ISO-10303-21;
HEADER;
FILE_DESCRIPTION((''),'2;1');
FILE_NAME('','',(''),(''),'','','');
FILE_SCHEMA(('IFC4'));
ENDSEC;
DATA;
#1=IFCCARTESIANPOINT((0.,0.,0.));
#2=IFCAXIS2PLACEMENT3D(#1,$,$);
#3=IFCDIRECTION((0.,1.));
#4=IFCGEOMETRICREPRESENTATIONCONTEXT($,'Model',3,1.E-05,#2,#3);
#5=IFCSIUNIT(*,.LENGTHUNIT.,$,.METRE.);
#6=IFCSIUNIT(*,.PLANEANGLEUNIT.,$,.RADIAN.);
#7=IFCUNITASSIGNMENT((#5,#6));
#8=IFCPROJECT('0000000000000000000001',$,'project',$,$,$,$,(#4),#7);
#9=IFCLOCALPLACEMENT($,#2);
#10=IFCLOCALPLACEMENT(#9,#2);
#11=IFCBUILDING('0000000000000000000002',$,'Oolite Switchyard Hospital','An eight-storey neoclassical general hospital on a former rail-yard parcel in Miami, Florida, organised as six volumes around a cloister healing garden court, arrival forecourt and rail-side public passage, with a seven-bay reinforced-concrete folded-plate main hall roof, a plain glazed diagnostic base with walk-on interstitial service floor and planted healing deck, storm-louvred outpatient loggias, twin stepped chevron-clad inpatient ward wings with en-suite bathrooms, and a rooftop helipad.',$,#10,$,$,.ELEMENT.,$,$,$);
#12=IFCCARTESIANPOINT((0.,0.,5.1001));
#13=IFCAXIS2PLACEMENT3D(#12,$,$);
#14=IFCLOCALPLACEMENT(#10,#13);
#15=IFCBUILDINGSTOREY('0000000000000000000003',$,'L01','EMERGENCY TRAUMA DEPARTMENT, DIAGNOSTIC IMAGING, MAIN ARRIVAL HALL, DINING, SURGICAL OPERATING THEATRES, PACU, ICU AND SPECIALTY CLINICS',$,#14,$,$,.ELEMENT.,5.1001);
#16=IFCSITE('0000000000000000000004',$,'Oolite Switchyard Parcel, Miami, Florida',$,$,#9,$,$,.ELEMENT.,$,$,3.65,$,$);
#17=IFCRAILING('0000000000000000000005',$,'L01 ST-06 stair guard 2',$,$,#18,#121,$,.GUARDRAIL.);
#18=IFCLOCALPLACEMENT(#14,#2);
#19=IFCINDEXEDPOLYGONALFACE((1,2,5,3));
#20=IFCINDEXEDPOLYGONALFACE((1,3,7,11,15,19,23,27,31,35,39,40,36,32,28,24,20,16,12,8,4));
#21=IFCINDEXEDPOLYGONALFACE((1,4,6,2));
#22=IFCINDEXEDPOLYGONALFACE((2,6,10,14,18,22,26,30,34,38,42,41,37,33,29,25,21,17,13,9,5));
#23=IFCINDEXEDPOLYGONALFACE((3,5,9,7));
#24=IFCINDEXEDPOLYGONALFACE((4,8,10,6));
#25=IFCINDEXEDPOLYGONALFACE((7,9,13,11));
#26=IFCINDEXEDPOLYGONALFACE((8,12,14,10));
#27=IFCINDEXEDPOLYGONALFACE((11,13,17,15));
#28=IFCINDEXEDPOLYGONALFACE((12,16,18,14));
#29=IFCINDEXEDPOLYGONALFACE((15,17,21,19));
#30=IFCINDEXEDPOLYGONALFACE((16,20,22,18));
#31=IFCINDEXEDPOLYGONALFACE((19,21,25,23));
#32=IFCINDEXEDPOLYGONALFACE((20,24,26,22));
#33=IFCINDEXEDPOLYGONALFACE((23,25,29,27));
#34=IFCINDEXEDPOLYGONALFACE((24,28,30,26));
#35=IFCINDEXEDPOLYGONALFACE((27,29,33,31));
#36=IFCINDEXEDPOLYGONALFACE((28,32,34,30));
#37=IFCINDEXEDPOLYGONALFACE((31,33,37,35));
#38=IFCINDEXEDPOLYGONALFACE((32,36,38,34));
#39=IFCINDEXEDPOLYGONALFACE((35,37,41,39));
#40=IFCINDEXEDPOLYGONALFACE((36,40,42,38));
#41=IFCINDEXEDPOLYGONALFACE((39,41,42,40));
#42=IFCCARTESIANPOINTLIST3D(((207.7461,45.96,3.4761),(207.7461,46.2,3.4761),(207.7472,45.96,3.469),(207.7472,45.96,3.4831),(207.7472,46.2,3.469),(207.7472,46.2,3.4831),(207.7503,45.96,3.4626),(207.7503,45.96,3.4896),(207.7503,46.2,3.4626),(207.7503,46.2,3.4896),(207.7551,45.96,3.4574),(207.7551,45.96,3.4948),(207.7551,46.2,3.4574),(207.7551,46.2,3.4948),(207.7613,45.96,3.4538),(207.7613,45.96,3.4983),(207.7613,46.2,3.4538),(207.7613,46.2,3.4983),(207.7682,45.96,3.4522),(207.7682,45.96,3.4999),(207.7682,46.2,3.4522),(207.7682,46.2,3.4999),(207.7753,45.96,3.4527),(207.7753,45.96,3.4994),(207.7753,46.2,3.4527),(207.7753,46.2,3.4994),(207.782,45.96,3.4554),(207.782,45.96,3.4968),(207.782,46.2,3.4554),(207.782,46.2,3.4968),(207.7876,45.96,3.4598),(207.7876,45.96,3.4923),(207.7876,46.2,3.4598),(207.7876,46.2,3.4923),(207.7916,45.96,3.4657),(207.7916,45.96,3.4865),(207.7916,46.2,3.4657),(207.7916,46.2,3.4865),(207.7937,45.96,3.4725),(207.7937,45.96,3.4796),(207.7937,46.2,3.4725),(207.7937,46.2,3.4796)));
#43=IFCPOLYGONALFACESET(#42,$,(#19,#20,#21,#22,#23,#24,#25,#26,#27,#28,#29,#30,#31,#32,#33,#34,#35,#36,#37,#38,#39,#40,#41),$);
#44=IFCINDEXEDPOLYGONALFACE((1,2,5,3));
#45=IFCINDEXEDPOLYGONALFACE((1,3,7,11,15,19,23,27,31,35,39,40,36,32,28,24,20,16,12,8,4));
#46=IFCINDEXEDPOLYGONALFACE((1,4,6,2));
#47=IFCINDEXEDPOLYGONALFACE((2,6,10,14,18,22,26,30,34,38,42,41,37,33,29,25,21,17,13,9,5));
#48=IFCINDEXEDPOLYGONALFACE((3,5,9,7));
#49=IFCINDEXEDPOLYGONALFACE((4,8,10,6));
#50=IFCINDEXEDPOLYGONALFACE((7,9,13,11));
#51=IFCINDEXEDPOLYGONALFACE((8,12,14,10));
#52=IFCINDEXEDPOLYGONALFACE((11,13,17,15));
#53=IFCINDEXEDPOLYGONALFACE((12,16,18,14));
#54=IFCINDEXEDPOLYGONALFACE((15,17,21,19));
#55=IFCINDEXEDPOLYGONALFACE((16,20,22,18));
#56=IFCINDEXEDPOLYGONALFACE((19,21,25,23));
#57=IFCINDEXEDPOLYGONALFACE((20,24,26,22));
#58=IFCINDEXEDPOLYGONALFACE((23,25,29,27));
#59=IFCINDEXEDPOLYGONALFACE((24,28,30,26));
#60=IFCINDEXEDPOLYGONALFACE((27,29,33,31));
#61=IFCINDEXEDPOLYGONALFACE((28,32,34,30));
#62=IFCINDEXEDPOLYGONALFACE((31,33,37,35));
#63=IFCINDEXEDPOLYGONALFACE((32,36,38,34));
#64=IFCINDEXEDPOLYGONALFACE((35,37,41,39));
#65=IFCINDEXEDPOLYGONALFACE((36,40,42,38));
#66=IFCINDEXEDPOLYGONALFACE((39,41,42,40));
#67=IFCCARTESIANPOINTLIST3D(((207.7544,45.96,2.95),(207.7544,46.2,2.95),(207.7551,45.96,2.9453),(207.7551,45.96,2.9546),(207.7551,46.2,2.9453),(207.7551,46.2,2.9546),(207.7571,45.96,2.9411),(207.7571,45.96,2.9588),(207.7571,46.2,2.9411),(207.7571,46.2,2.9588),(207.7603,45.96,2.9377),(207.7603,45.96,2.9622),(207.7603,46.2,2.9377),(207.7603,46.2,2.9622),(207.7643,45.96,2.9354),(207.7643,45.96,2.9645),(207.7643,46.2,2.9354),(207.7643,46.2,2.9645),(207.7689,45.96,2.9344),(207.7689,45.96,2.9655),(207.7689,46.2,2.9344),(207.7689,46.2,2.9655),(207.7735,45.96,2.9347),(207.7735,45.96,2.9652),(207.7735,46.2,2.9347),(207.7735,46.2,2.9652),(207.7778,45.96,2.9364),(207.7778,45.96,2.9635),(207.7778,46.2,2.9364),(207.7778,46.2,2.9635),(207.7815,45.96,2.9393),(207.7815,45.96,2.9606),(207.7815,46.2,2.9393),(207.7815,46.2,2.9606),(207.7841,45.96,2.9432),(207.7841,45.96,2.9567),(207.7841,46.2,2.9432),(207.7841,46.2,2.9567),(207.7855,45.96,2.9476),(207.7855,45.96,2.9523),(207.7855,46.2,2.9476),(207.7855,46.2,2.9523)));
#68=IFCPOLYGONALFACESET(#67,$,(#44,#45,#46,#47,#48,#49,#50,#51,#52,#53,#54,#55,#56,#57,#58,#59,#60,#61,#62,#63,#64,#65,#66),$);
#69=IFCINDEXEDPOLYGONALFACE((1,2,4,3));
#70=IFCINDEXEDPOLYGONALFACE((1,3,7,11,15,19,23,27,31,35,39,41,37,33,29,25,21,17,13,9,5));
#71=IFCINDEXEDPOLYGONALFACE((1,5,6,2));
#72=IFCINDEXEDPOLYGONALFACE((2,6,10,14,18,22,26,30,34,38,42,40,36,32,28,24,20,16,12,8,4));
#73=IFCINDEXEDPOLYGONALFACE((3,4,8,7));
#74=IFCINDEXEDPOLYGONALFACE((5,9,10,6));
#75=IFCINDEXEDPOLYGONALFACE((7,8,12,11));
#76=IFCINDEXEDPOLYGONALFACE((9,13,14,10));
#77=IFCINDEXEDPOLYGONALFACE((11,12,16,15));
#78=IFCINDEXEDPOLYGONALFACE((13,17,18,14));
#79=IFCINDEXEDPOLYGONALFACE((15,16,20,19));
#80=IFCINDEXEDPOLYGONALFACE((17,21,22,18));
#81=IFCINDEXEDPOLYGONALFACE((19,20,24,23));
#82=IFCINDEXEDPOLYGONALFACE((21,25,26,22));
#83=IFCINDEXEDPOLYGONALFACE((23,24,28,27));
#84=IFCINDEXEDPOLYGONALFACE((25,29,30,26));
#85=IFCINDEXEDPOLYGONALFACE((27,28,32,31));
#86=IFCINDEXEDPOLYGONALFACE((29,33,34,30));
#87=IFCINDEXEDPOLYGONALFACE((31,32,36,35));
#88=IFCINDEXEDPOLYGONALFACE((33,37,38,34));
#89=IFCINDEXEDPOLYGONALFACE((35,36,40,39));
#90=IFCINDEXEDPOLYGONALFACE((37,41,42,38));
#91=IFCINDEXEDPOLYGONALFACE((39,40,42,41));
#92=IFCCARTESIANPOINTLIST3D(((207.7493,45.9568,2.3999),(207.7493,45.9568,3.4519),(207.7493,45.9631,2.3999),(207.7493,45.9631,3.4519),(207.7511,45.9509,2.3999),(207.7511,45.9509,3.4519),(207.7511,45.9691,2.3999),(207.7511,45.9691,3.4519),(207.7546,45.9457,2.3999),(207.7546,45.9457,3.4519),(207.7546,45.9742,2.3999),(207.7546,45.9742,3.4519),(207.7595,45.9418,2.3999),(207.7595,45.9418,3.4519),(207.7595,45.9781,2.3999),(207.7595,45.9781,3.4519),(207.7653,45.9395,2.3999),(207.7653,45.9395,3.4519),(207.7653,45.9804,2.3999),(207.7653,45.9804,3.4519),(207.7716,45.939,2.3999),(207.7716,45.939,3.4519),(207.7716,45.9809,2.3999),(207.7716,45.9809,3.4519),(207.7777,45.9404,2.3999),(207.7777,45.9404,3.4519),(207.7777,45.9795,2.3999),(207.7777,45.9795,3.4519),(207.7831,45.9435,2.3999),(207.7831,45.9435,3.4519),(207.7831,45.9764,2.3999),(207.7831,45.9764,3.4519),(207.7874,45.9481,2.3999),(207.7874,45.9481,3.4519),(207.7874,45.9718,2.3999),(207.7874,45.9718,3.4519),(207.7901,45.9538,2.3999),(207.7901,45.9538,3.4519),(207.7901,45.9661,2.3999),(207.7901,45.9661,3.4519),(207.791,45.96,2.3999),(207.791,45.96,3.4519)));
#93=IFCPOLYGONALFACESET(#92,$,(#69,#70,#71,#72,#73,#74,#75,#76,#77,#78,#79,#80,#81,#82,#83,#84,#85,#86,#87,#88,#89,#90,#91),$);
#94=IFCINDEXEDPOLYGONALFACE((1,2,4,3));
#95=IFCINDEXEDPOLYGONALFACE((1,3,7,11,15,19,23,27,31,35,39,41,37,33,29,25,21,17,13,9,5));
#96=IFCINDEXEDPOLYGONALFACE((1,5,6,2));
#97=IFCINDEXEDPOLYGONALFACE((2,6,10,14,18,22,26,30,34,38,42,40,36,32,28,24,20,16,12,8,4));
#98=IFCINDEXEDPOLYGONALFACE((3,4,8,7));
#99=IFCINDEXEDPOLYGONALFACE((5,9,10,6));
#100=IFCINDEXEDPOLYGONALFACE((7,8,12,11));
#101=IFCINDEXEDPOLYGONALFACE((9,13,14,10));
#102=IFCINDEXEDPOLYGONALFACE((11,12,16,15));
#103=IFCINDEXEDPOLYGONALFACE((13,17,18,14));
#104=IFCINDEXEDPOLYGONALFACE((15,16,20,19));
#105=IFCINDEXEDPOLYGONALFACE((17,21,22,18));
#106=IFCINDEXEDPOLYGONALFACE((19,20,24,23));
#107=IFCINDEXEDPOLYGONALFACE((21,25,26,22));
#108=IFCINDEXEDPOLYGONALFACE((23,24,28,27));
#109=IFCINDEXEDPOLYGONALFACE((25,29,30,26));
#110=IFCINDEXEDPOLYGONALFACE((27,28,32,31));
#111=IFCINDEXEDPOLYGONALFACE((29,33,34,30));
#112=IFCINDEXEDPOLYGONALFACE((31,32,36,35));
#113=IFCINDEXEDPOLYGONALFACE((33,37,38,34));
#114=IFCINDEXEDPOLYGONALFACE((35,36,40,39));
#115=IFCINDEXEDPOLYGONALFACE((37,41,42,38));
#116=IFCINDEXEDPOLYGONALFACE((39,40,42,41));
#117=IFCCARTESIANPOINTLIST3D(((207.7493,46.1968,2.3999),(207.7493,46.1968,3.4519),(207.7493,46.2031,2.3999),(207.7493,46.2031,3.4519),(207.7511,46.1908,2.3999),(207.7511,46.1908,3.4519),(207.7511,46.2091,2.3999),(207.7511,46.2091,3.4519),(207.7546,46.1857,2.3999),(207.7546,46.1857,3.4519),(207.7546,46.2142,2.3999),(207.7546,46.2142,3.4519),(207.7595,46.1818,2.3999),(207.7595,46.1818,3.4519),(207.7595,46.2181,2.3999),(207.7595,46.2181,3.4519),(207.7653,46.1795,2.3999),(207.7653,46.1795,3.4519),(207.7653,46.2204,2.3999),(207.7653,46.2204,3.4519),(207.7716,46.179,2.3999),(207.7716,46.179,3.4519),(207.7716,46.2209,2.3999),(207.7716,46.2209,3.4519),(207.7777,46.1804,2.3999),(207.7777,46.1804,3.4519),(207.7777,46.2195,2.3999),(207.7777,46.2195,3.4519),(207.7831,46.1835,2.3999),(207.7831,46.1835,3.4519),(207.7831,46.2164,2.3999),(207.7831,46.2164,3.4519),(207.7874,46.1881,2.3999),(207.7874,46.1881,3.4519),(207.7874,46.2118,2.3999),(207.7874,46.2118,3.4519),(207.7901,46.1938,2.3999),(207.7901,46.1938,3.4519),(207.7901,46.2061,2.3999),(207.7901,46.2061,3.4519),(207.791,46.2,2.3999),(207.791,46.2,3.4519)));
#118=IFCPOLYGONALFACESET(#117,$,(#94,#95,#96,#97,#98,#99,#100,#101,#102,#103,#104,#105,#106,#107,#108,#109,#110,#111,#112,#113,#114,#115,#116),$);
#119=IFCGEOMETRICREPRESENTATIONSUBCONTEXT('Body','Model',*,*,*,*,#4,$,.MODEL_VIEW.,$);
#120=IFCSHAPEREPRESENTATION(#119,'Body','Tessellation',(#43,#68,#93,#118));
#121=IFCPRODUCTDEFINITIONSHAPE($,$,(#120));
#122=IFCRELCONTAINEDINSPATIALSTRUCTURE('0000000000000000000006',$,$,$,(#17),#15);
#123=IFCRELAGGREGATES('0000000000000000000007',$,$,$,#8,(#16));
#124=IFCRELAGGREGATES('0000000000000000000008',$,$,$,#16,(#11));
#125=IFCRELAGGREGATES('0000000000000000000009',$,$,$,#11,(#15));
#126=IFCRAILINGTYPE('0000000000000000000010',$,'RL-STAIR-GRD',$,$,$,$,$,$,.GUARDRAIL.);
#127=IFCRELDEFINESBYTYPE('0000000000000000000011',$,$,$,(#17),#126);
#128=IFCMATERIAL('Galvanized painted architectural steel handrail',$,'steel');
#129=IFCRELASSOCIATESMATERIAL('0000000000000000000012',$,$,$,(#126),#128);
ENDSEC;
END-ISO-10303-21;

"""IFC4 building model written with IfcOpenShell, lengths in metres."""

from ifc_helpers import new_model, si_unit, direction, frame, origin, origin_2d, place, context, subcontext, project, spatial, circle, extrude, material, type_object, element, save


model = new_model("IFC4")

# Units and contexts
model_context = context("Model", 3, precision=1e-05, world=origin(), true_north=direction((0.0, 1.0)))
body_context = subcontext(model_context, "Body", "Model", "MODEL_VIEW")
ifc_project = project(units=[si_unit("LENGTHUNIT", "METRE"), si_unit("PLANEANGLEUNIT", "RADIAN")], contexts=[model_context])

# Site, building, storey
site_placement = place(None, origin())
site = spatial("IfcSite", under=ifc_project, at=site_placement, Name="Oolite Switchyard Parcel, Miami, Florida", CompositionType="ELEMENT", RefElevation=3.65)
building_placement = place(site_placement, origin())
building = spatial("IfcBuilding", under=site, at=building_placement, Name="Oolite Switchyard Hospital", Description="An eight-storey neoclassical general hospital on a former rail-yard parcel in Miami, Florida, organised as six volumes around a cloister healing garden court, arrival forecourt and rail-side public passage, with a seven-bay reinforced-concrete folded-plate main hall roof, a plain glazed diagnostic base with walk-on interstitial service floor and planted healing deck, storm-louvred outpatient loggias, twin stepped chevron-clad inpatient ward wings with en-suite bathrooms, and a rooftop helipad.", CompositionType="ELEMENT")
storey_placement = place(building_placement, frame((0.0, 0.0, 5.1001)))
storey = spatial("IfcBuildingStorey", under=building, at=storey_placement, Name="L01", Description="EMERGENCY TRAUMA DEPARTMENT, DIAGNOSTIC IMAGING, MAIN ARRIVAL HALL, DINING, SURGICAL OPERATING THEATRES, PACU, ICU AND SPECIALTY CLINICS", CompositionType="ELEMENT", Elevation=5.1001)

# Railing
ifc_material_1 = material(Name="Galvanized painted architectural steel handrail", Category="steel")
railing_type_1 = type_object("IfcRailingType", Name="RL-STAIR-GRD", PredefinedType="GUARDRAIL", material=ifc_material_1)
railing_1_placement = place(storey_placement, frame((207.77, 45.96, 2.3999)))
element("IfcRailing", 1, at=railing_1_placement, inside=storey, type_object=railing_type_1, Name="L01 ST-06 stair guard 2", PredefinedType="GUARDRAIL", context=body_context, shape_type="SweptSolid", body=[
    extrude(circle(Radius=0.0239, at=origin_2d()), frame((0.0, 0.0, 1.0762), z_axis=(0.0, 1.0, 0.0), x_axis=(-1.0, 0.0, 0.0)), (0.0, 0.0, 1.0), 0.24),
    extrude(circle(Radius=0.0156, at=origin_2d()), frame((0.0, 0.0, 0.55), z_axis=(0.0, 1.0, 0.0), x_axis=(-1.0, 0.0, 0.0)), (0.0, 0.0, 1.0), 0.24),
    extrude(circle(Radius=0.021, at=origin_2d()), origin(), (0.0, 0.0, 1.0), 1.052),
    extrude(circle(Radius=0.021, at=origin_2d()), frame((0.0, 0.24, 0.0)), (0.0, 0.0, 1.0), 1.052),
])

save(model, "model.ifc")
